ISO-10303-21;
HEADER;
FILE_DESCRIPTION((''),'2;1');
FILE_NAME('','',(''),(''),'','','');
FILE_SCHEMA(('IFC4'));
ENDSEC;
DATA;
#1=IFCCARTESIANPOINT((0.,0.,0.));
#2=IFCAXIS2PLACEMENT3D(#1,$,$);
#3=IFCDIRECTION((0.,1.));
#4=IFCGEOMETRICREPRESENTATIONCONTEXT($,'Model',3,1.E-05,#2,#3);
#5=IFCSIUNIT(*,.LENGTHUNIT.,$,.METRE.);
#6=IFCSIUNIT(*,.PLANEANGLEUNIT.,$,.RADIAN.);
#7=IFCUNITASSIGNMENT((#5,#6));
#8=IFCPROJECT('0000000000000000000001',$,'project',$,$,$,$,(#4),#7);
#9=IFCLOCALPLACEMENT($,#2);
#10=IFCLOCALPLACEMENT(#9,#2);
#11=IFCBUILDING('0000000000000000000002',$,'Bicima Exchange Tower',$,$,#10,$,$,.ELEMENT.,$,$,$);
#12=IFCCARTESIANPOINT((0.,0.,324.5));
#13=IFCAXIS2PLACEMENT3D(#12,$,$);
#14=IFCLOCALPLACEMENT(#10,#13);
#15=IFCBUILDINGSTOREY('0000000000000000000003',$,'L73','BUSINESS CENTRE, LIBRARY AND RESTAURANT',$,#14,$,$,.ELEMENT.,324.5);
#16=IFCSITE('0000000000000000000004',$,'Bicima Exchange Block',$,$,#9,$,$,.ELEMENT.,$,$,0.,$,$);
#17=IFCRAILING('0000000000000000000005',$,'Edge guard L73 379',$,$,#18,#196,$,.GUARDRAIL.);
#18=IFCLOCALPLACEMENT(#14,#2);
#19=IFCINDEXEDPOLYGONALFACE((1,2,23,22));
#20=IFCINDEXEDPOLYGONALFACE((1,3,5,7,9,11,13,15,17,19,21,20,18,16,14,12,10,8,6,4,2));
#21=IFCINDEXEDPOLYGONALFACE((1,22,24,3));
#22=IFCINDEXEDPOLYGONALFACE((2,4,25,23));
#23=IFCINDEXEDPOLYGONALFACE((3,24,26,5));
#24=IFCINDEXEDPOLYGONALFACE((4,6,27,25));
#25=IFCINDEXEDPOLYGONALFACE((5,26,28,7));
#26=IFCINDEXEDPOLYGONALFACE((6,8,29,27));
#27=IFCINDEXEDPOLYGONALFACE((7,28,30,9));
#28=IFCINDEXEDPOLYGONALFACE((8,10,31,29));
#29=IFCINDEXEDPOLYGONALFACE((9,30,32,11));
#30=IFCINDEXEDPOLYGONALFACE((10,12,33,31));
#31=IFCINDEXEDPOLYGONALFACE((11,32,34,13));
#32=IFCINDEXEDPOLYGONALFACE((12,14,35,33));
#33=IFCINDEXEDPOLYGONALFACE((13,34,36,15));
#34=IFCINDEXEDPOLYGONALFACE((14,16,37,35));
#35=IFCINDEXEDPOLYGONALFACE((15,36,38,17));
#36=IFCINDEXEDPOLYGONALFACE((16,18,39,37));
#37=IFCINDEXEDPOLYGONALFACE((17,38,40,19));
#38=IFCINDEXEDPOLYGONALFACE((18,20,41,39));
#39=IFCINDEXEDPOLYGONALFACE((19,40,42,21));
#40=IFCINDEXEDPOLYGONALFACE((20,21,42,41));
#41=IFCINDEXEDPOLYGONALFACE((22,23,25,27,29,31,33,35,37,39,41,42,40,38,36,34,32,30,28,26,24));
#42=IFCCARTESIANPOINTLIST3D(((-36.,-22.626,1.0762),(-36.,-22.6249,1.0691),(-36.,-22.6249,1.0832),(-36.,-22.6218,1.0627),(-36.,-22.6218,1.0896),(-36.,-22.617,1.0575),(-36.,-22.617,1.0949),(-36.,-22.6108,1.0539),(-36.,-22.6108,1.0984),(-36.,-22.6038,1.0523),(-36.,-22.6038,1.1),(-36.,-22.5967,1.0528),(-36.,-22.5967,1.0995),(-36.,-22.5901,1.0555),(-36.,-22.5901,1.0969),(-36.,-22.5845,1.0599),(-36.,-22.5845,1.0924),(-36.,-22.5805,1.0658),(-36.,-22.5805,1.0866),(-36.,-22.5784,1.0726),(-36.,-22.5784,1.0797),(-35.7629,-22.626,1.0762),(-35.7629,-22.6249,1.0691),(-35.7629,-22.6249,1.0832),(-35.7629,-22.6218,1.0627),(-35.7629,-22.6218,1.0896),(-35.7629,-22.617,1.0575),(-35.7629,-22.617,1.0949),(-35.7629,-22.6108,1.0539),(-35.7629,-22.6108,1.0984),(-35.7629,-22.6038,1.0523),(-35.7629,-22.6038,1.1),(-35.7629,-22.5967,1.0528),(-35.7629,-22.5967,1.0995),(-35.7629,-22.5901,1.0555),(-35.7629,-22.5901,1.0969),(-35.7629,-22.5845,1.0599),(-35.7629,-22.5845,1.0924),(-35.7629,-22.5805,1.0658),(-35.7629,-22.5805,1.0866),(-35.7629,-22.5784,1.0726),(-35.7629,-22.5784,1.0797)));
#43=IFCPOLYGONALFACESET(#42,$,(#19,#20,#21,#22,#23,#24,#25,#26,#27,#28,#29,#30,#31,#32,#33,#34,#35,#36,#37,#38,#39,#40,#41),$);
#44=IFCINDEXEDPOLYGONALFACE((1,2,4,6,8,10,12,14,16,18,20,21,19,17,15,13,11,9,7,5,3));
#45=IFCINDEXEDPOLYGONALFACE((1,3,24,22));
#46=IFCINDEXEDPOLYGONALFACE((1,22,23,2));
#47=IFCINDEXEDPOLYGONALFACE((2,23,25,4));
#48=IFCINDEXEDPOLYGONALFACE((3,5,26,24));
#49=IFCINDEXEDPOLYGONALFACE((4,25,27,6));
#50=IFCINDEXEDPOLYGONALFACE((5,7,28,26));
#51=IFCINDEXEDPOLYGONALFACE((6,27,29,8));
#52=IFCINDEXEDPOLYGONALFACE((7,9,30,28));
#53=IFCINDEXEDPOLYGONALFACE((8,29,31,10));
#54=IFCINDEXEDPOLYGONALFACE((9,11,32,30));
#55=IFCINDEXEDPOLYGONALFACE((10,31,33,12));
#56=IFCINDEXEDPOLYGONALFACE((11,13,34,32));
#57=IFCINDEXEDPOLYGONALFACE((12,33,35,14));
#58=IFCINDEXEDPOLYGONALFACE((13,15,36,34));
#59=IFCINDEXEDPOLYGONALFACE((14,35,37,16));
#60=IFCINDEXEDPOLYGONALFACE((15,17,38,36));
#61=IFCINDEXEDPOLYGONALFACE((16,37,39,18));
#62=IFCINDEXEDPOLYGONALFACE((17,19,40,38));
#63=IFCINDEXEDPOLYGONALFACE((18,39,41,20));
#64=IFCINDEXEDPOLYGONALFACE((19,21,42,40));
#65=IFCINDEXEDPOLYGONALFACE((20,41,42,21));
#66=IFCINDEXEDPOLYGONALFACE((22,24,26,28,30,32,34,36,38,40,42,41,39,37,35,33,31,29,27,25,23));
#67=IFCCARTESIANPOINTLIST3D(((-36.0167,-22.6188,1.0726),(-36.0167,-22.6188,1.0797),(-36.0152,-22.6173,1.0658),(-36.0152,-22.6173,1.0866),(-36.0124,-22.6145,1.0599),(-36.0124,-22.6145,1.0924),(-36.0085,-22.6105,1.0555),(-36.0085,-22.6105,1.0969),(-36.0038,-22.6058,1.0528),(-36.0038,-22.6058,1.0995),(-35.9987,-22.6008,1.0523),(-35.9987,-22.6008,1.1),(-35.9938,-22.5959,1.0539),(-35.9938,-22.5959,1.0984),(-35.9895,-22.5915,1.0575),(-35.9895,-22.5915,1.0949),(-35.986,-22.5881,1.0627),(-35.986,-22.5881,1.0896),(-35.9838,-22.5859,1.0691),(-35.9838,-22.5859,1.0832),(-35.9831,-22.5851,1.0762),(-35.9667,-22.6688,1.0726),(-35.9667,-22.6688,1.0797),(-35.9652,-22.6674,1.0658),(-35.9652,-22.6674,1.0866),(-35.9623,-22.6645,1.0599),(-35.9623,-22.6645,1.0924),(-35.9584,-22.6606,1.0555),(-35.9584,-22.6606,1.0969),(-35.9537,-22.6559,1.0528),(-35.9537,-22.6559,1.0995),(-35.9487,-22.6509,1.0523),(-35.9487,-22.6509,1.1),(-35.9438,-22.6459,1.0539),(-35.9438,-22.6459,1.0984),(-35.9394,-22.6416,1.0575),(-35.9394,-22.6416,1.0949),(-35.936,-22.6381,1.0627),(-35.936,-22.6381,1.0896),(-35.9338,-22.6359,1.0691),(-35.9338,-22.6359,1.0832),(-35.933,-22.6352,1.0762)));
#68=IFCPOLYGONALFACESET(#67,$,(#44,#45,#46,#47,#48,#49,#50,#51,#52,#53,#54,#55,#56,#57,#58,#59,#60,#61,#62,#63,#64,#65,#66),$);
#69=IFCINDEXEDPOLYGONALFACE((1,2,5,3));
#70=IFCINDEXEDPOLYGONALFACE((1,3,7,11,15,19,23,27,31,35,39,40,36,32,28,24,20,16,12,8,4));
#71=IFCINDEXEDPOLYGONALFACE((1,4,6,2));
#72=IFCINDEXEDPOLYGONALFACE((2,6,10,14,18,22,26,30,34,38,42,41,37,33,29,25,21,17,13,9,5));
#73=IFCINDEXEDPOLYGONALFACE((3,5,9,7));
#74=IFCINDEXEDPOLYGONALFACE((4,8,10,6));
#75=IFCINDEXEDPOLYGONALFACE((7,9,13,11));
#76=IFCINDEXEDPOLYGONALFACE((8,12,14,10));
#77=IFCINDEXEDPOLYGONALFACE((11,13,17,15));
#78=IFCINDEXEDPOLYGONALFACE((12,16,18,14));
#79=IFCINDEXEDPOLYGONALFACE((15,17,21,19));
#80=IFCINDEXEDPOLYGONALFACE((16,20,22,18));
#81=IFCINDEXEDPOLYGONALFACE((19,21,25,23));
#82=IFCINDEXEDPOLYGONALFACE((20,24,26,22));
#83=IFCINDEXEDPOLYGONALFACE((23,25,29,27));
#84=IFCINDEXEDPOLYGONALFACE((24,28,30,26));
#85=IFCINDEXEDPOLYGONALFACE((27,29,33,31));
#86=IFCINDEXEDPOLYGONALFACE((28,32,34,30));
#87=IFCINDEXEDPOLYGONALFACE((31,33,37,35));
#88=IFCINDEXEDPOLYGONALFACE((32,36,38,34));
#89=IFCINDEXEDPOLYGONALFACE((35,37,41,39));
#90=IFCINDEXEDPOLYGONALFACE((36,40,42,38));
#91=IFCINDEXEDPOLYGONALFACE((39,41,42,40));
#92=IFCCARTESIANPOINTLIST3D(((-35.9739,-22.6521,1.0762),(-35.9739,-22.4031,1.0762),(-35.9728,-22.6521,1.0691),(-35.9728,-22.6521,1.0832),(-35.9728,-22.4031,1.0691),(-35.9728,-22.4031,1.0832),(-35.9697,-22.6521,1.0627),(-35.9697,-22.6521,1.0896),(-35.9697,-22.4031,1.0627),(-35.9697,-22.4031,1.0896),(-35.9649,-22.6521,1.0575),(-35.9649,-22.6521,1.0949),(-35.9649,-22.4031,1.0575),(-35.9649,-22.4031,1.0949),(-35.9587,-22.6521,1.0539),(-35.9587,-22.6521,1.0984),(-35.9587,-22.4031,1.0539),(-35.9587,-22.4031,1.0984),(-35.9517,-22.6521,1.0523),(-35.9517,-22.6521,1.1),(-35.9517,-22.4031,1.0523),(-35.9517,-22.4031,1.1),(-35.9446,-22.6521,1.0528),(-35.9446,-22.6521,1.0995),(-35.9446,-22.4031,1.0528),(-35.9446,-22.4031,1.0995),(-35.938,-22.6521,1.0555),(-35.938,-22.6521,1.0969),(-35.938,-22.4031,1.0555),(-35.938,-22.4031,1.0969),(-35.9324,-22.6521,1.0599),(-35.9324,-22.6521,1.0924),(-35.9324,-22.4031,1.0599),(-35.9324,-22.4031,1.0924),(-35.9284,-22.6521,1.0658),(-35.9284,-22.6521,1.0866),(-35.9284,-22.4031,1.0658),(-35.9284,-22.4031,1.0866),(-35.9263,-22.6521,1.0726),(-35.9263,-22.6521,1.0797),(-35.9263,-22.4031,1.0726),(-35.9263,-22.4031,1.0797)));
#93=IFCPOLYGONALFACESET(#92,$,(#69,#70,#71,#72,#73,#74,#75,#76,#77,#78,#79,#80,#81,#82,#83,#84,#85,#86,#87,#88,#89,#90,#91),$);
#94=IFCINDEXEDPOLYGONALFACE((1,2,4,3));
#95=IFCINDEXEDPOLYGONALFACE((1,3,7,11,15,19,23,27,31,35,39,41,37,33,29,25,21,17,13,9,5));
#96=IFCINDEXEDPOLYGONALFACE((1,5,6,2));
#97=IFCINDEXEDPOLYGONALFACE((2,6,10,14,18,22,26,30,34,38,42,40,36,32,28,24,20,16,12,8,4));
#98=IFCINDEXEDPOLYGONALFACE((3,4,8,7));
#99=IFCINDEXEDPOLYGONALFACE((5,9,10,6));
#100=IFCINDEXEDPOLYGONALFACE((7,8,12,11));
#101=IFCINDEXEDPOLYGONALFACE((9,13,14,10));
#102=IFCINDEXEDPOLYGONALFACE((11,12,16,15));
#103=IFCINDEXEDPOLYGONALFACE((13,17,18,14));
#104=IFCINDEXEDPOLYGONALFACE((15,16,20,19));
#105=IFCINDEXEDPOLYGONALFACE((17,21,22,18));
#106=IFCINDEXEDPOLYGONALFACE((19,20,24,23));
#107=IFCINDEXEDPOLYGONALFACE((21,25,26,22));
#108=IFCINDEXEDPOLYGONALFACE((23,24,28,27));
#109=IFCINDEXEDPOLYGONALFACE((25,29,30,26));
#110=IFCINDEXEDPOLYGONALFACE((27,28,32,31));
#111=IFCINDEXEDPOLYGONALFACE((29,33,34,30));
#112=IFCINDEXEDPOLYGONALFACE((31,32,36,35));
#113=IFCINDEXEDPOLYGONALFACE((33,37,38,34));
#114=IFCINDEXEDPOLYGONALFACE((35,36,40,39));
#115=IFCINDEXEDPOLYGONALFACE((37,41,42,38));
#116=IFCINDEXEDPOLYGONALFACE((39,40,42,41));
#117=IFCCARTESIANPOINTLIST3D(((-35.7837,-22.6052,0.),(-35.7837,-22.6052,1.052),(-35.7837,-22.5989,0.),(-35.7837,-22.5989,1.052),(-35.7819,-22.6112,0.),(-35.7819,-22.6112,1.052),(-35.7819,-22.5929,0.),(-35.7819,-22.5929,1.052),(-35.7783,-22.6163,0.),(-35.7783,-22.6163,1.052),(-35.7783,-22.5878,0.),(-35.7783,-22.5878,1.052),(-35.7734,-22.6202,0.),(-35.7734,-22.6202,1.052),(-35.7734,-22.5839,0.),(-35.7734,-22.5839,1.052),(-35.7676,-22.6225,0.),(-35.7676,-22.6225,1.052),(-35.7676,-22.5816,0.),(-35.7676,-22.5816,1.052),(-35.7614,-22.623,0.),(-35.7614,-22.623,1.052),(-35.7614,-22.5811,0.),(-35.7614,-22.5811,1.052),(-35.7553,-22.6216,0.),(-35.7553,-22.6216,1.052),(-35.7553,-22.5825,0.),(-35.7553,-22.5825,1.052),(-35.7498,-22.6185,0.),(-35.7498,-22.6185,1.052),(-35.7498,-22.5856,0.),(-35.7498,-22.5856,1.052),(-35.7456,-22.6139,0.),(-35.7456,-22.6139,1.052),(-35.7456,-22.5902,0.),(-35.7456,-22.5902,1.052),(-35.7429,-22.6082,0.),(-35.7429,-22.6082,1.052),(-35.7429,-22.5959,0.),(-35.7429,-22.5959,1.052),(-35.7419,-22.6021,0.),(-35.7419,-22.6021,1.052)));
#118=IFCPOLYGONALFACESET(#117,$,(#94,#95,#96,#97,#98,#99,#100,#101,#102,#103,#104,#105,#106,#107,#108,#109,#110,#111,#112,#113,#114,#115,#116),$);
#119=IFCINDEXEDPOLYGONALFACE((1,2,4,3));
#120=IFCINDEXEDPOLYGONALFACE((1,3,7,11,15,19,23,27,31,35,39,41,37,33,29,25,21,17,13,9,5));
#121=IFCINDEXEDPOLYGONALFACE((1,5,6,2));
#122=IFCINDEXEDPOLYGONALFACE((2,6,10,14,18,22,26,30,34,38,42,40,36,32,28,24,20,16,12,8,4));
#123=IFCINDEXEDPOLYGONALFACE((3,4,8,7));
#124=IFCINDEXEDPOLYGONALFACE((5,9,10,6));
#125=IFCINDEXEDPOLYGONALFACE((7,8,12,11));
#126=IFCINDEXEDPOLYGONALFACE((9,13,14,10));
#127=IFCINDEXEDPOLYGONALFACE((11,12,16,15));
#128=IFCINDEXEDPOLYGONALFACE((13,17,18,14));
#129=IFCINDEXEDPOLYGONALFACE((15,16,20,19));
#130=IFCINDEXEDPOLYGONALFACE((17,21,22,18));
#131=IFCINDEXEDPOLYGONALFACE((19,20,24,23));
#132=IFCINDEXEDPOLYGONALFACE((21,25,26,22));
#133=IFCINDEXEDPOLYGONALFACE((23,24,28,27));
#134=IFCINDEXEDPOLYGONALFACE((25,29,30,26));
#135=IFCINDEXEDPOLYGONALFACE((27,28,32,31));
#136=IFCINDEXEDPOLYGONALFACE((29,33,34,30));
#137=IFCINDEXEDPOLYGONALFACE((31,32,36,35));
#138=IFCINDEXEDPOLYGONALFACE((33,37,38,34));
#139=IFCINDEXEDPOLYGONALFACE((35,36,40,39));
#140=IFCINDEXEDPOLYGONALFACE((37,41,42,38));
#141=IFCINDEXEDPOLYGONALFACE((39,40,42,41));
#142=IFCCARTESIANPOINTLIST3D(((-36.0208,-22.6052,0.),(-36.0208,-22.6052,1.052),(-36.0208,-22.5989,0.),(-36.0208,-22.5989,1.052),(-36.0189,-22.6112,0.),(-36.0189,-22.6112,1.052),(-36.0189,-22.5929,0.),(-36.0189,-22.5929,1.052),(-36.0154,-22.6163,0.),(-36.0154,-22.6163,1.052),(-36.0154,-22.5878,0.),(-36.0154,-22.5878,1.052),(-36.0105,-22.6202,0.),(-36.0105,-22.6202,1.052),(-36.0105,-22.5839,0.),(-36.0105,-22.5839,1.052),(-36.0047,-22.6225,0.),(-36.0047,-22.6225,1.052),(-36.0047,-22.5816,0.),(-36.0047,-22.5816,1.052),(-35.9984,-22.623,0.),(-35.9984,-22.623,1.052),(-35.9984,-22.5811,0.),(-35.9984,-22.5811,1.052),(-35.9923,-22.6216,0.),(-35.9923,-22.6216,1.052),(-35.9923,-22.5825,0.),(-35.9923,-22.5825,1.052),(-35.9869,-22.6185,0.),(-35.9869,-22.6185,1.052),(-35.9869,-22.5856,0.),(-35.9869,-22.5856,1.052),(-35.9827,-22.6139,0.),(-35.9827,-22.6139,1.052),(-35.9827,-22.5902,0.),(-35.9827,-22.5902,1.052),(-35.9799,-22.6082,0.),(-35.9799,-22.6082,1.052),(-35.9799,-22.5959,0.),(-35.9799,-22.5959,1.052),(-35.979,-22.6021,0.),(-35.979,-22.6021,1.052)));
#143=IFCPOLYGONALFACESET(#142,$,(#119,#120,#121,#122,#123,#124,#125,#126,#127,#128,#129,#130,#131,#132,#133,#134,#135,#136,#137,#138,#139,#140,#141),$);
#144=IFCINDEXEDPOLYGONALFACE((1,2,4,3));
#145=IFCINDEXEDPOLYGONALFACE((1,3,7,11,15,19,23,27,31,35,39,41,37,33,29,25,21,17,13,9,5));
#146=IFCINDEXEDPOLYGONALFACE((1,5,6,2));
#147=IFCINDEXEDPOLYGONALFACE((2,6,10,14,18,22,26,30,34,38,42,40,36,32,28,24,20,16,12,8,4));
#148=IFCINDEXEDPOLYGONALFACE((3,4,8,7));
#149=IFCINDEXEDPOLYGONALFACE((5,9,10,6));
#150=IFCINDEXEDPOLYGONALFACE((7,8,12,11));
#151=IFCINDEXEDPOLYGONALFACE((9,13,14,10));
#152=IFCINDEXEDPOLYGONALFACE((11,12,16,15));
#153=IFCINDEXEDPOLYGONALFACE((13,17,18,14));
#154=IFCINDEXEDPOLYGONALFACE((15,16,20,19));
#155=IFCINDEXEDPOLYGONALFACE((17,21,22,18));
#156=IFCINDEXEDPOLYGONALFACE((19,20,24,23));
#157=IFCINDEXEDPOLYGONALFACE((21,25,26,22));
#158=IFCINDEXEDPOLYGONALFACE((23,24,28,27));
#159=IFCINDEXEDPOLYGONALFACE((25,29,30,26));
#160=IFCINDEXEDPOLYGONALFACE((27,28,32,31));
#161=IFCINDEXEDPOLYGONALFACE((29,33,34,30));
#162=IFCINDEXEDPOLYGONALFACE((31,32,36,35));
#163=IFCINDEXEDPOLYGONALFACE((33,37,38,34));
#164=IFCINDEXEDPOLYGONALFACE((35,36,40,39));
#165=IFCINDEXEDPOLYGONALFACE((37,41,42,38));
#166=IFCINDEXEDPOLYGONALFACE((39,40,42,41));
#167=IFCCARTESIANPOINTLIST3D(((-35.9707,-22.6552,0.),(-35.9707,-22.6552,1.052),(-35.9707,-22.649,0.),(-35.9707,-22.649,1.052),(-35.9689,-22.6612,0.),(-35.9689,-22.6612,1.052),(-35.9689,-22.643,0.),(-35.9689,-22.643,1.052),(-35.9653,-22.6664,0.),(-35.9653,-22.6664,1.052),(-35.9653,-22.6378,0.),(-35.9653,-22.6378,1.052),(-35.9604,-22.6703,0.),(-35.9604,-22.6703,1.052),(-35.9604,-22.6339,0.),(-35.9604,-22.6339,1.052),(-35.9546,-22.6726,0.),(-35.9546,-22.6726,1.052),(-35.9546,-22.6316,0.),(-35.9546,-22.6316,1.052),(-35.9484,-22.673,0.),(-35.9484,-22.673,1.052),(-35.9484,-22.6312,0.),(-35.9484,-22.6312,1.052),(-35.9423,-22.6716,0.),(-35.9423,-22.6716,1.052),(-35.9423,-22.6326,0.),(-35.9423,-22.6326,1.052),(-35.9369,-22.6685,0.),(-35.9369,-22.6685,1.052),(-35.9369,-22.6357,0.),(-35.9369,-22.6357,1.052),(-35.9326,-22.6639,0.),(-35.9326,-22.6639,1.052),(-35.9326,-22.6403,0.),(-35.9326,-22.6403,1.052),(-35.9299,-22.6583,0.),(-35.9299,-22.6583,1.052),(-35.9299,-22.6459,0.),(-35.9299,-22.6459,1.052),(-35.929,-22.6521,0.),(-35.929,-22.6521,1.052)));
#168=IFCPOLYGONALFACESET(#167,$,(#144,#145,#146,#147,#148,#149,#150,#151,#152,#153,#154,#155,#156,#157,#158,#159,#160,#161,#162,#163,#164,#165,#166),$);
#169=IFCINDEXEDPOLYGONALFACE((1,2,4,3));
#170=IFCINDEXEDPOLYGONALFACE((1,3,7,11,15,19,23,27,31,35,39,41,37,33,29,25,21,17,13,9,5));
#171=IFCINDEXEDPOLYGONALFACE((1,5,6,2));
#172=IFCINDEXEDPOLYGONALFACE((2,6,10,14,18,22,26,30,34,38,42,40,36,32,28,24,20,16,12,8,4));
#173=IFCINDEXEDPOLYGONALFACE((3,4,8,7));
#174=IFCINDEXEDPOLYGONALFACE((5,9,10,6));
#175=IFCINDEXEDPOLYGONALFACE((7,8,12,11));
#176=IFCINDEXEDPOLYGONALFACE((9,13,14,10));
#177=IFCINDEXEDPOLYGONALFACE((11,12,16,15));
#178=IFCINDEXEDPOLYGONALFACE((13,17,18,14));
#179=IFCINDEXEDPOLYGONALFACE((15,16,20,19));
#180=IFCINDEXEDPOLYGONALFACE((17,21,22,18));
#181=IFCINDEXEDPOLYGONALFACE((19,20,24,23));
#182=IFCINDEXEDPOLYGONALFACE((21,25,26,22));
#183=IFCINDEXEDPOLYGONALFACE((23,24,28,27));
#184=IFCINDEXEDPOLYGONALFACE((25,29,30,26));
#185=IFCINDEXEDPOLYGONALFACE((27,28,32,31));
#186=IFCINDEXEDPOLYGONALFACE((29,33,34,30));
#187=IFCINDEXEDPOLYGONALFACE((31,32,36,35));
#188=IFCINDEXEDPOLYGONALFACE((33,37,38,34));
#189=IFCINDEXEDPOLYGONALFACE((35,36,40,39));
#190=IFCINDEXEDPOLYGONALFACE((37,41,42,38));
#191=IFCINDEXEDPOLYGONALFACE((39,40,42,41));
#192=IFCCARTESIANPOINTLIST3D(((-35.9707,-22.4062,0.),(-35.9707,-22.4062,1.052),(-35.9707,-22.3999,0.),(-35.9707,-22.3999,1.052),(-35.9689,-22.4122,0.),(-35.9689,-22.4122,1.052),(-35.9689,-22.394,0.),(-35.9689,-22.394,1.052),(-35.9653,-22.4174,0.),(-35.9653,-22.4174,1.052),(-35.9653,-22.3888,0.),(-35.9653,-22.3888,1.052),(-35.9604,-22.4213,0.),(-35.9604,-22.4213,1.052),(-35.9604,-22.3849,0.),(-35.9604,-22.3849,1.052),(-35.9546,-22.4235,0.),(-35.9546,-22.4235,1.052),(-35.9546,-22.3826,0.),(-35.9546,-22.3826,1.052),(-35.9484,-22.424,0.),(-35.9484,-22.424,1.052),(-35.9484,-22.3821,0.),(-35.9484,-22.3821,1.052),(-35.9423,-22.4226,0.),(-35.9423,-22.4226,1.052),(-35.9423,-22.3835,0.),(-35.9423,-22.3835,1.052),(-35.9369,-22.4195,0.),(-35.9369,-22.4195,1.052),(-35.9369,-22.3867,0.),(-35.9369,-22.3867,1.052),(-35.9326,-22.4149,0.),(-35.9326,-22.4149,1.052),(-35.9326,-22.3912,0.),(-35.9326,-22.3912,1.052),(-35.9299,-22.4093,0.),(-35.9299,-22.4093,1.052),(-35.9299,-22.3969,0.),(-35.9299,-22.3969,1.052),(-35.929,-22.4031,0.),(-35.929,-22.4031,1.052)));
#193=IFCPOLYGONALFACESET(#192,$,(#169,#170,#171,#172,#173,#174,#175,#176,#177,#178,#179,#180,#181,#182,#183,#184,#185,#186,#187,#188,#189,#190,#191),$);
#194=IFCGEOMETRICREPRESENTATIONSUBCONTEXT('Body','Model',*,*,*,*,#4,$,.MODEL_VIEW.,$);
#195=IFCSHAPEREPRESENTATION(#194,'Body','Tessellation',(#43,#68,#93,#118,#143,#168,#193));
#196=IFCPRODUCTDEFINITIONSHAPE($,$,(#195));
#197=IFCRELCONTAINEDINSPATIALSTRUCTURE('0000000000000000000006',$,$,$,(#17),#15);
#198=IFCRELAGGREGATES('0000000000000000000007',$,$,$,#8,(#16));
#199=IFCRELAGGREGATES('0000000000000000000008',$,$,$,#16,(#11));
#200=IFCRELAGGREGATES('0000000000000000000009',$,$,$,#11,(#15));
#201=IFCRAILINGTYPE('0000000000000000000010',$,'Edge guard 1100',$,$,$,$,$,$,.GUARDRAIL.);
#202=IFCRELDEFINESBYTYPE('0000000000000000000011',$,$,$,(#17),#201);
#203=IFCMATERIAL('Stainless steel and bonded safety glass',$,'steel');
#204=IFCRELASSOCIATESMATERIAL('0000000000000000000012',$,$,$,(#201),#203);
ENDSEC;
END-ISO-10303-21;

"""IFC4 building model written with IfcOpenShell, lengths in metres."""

from ifc_helpers import new_model, si_unit, direction, frame, origin, origin_2d, place, context, subcontext, project, spatial, circle, extrude, material, type_object, element, save


model = new_model("IFC4")

# Units and contexts
model_context = context("Model", 3, precision=1e-05, world=origin(), true_north=direction((0.0, 1.0)))
body_context = subcontext(model_context, "Body", "Model", "MODEL_VIEW")
ifc_project = project(units=[si_unit("LENGTHUNIT", "METRE"), si_unit("PLANEANGLEUNIT", "RADIAN")], contexts=[model_context])

# Site, building, storey
site_placement = place(None, origin())
site = spatial("IfcSite", under=ifc_project, at=site_placement, Name="Bicima Exchange Block", CompositionType="ELEMENT", RefElevation=0.0)
building_placement = place(site_placement, origin())
building = spatial("IfcBuilding", under=site, at=building_placement, Name="Bicima Exchange Tower", CompositionType="ELEMENT")
storey_placement = place(building_placement, frame((0.0, 0.0, 324.5)))
storey = spatial("IfcBuildingStorey", under=building, at=storey_placement, Name="L73", Description="BUSINESS CENTRE, LIBRARY AND RESTAURANT", CompositionType="ELEMENT", Elevation=324.5)

# Railing
ifc_material_1 = material(Name="Stainless steel and bonded safety glass", Category="steel")
railing_type = type_object("IfcRailingType", Name="Edge guard 1100", PredefinedType="GUARDRAIL", material=ifc_material_1)
railing_1_placement = place(storey_placement, frame((-35.7629, -22.6021, 0.0)))
element("IfcRailing", 1, at=railing_1_placement, inside=storey, type_object=railing_type, Name="Edge guard L73 379", PredefinedType="GUARDRAIL", context=body_context, shape_type="SweptSolid", body=[
    extrude(circle(Radius=0.0239, at=origin_2d()), frame((0.0, 0.0, 1.0762), z_axis=(-1.0, 0.0, 0.0), x_axis=(0.0, -1.0, 0.0)), (0.0, 0.0, 1.0), 0.2371),
    extrude(circle(Radius=0.0239, at=origin_2d()), frame((-0.2371, 0.0, 1.0762), z_axis=(0.707107, -0.707107, 0.0), x_axis=(0.707107, 0.707107, 0.0)), (0.0, 0.0, 1.0), 0.0708),
    extrude(circle(Radius=0.0239, at=origin_2d()), frame((-0.187, -0.05, 1.0762), z_axis=(0.0, 1.0, 0.0), x_axis=(-1.0, 0.0, 0.0)), (0.0, 0.0, 1.0), 0.249),
    extrude(circle(Radius=0.021, at=origin_2d()), origin(), (0.0, 0.0, 1.0), 1.052),
    extrude(circle(Radius=0.021, at=origin_2d()), frame((-0.2371, 0.0, 0.0)), (0.0, 0.0, 1.0), 1.052),
    extrude(circle(Radius=0.021, at=origin_2d()), frame((-0.187, -0.05, 0.0)), (0.0, 0.0, 1.0), 1.052),
    extrude(circle(Radius=0.021, at=origin_2d()), frame((-0.187, 0.199, 0.0)), (0.0, 0.0, 1.0), 1.052),
])

save(model, "model.ifc")
